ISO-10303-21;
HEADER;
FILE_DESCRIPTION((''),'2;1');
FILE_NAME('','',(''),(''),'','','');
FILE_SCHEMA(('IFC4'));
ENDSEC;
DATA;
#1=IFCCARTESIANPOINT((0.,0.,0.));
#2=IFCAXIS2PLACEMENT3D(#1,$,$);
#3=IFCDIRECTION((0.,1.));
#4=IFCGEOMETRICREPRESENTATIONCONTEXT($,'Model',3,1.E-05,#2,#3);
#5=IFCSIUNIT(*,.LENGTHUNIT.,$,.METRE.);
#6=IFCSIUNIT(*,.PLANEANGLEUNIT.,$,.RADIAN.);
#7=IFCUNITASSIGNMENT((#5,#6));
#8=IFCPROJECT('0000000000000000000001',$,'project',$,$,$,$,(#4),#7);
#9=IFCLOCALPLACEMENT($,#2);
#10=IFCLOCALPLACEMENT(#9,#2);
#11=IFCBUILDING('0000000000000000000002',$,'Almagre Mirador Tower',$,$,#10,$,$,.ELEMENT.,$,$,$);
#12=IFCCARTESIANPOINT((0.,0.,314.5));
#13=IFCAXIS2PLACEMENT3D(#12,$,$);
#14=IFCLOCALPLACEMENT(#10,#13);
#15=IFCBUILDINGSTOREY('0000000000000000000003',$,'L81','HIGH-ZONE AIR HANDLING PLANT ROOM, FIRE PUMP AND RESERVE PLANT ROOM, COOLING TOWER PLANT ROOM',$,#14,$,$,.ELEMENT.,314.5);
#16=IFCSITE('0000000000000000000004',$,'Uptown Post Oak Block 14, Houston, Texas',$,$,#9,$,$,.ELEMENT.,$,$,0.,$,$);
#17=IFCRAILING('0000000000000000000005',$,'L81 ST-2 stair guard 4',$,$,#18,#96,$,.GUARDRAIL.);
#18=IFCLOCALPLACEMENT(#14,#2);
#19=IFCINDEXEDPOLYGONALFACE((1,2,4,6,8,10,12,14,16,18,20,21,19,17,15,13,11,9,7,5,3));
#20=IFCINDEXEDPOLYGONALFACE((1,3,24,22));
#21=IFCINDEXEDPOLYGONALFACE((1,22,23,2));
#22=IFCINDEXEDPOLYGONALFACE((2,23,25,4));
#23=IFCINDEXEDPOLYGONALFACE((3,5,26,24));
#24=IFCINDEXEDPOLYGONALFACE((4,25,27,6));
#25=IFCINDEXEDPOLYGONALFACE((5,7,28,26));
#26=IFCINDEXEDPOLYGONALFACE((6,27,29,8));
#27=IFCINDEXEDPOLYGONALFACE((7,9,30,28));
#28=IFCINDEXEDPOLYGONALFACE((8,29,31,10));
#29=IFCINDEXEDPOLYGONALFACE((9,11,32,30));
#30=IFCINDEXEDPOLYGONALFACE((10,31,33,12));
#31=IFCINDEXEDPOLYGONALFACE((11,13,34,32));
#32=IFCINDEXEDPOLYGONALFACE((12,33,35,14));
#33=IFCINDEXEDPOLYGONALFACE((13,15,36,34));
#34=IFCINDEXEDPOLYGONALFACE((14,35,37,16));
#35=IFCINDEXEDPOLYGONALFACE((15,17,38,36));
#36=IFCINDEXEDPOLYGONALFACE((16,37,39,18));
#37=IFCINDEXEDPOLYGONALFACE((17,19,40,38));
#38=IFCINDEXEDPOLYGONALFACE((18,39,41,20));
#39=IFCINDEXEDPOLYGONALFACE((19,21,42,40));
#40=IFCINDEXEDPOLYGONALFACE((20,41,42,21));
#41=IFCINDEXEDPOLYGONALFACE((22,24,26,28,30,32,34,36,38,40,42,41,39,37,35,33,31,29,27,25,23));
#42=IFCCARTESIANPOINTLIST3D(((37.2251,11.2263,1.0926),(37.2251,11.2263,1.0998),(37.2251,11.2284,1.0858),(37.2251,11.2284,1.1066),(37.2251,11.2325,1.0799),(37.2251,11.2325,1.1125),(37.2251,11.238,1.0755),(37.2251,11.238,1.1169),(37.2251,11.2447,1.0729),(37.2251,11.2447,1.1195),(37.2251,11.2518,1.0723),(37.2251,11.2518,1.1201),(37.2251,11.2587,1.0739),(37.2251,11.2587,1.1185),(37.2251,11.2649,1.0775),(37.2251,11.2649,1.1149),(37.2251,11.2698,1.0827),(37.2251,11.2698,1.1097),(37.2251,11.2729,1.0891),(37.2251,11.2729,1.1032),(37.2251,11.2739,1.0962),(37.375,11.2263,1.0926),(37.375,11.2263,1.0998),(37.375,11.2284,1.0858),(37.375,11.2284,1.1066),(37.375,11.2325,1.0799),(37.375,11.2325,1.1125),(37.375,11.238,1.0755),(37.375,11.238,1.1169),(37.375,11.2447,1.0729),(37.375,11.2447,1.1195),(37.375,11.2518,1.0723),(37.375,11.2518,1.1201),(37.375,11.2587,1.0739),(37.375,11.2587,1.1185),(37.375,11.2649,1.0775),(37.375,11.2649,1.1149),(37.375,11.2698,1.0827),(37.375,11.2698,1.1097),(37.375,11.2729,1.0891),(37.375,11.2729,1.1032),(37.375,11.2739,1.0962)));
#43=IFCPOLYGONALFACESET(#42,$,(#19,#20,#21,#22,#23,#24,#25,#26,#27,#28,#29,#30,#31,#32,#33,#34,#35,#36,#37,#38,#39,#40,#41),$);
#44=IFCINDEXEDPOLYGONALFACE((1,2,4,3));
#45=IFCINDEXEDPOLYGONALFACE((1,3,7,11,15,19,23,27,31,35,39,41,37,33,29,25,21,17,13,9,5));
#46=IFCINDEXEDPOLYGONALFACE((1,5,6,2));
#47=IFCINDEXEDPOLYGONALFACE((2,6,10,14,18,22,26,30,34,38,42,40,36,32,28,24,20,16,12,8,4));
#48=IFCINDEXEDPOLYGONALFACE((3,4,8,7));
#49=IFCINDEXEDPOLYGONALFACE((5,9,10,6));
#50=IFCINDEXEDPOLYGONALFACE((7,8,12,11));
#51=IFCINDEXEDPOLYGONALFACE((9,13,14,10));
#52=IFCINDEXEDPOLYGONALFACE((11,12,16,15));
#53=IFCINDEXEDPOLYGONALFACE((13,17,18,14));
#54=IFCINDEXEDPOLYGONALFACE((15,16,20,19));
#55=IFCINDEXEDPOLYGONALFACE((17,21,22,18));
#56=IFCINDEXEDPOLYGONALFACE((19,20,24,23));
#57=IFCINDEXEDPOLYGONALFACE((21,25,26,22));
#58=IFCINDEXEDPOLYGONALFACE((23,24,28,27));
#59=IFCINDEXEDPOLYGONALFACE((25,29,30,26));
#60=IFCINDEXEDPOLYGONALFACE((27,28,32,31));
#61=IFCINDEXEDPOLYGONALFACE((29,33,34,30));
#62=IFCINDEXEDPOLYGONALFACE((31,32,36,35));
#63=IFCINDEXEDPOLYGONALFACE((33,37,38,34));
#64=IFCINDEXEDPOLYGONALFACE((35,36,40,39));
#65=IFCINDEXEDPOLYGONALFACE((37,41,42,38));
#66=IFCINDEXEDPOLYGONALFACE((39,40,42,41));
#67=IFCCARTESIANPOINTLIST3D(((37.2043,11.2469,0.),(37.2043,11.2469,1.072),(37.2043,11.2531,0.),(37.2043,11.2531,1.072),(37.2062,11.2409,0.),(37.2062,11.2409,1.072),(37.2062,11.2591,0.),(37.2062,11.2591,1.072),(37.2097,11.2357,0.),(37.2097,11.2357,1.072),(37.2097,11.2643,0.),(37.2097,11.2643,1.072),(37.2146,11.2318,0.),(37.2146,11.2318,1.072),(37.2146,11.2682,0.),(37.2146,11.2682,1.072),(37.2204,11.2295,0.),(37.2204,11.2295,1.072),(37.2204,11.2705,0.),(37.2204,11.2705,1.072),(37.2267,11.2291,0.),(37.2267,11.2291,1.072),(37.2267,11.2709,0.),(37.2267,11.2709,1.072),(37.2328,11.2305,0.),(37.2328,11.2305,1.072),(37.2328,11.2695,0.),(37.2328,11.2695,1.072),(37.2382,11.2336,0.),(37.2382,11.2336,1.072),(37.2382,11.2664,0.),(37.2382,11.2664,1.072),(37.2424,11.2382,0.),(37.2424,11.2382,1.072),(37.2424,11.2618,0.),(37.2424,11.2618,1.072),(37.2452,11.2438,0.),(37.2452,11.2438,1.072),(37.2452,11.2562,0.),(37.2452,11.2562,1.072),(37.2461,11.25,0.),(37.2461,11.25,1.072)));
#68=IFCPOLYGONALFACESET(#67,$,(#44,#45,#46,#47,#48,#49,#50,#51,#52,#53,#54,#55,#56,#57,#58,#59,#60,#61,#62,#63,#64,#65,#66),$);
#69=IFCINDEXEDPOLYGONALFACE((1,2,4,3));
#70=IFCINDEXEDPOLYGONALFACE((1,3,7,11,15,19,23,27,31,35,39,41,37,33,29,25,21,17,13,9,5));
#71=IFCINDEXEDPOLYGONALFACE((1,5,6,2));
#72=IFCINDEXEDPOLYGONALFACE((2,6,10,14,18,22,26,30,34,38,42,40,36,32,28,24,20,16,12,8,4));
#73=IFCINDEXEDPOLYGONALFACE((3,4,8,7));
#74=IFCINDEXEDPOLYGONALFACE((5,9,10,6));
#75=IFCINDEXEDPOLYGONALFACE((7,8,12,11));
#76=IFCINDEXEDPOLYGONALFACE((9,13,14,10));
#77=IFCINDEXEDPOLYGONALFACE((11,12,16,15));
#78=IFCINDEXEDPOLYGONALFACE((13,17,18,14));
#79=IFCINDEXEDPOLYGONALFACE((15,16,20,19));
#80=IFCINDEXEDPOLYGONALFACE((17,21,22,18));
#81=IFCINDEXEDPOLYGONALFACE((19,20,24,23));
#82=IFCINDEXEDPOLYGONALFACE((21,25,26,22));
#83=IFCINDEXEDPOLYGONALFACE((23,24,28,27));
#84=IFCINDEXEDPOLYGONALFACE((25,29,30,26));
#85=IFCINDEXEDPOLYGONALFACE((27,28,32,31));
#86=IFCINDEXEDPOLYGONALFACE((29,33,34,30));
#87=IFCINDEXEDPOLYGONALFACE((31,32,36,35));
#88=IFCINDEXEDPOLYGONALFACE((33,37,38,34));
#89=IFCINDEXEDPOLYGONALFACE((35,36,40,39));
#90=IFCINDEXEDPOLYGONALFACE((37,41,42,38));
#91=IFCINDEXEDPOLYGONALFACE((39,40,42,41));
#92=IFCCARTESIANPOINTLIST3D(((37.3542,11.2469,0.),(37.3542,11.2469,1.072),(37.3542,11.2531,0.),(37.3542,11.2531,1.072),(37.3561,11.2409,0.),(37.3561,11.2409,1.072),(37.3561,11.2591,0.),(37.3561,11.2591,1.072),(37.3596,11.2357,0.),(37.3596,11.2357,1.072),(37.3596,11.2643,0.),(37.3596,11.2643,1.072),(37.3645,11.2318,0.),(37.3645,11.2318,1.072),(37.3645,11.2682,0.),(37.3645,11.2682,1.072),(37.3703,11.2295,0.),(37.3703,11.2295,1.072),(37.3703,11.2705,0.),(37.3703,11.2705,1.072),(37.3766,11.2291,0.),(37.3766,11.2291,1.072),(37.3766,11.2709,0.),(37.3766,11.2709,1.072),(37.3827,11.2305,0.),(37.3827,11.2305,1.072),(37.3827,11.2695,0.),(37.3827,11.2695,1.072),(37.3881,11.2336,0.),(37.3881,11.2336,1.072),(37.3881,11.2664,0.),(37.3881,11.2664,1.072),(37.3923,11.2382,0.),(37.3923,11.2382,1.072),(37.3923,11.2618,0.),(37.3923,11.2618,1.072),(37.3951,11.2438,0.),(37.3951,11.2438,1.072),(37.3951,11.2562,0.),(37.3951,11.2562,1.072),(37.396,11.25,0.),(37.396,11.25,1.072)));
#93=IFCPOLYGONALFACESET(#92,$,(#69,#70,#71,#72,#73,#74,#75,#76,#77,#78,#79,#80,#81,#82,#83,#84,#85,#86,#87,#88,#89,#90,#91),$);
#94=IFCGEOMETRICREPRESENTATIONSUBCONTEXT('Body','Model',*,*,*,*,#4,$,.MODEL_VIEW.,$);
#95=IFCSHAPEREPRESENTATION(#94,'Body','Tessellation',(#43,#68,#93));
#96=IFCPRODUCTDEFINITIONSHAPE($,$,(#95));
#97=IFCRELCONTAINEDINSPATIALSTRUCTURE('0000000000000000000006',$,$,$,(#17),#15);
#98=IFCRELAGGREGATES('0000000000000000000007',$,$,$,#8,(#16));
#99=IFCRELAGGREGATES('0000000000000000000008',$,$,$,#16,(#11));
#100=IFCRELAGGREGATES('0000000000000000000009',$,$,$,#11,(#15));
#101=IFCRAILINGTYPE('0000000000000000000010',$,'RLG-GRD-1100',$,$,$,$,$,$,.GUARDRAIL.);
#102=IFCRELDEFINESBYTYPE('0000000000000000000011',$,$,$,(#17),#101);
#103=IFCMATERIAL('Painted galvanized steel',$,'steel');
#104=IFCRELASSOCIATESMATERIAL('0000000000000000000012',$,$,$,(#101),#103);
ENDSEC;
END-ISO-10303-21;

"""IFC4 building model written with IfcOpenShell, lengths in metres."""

from ifc_helpers import new_model, si_unit, direction, frame, origin, origin_2d, place, context, subcontext, project, spatial, circle, extrude, material, type_object, element, save


model = new_model("IFC4")

# Units and contexts
model_context = context("Model", 3, precision=1e-05, world=origin(), true_north=direction((0.0, 1.0)))
body_context = subcontext(model_context, "Body", "Model", "MODEL_VIEW")
ifc_project = project(units=[si_unit("LENGTHUNIT", "METRE"), si_unit("PLANEANGLEUNIT", "RADIAN")], contexts=[model_context])

# Site, building, storey
site_placement = place(None, origin())
site = spatial("IfcSite", under=ifc_project, at=site_placement, Name="Uptown Post Oak Block 14, Houston, Texas", CompositionType="ELEMENT", RefElevation=0.0)
building_placement = place(site_placement, origin())
building = spatial("IfcBuilding", under=site, at=building_placement, Name="Almagre Mirador Tower", CompositionType="ELEMENT")
storey_placement = place(building_placement, frame((0.0, 0.0, 314.5)))
storey = spatial("IfcBuildingStorey", under=building, at=storey_placement, Name="L81", Description="HIGH-ZONE AIR HANDLING PLANT ROOM, FIRE PUMP AND RESERVE PLANT ROOM, COOLING TOWER PLANT ROOM", CompositionType="ELEMENT", Elevation=314.5)

# Railing
ifc_material_1 = material(Name="Painted galvanized steel", Category="steel")
railing_type_1 = type_object("IfcRailingType", Name="RLG-GRD-1100", PredefinedType="GUARDRAIL", material=ifc_material_1)
railing_1_placement = place(storey_placement, frame((37.2251, 11.25, 0.0)))
element("IfcRailing", 1, at=railing_1_placement, inside=storey, type_object=railing_type_1, Name="L81 ST-2 stair guard 4", PredefinedType="GUARDRAIL", context=body_context, shape_type="SweptSolid", body=[
    extrude(circle(Radius=0.0239, at=origin_2d()), frame((0.0, 0.0, 1.0962), z_axis=(1.0, 0.0, 0.0), x_axis=(0.0, 1.0, 0.0)), (0.0, 0.0, 1.0), 0.1499),
    extrude(circle(Radius=0.021, at=origin_2d()), origin(), (0.0, 0.0, 1.0), 1.072),
    extrude(circle(Radius=0.021, at=origin_2d()), frame((0.1499, 0.0, 0.0)), (0.0, 0.0, 1.0), 1.072),
])

save(model, "model.ifc")
